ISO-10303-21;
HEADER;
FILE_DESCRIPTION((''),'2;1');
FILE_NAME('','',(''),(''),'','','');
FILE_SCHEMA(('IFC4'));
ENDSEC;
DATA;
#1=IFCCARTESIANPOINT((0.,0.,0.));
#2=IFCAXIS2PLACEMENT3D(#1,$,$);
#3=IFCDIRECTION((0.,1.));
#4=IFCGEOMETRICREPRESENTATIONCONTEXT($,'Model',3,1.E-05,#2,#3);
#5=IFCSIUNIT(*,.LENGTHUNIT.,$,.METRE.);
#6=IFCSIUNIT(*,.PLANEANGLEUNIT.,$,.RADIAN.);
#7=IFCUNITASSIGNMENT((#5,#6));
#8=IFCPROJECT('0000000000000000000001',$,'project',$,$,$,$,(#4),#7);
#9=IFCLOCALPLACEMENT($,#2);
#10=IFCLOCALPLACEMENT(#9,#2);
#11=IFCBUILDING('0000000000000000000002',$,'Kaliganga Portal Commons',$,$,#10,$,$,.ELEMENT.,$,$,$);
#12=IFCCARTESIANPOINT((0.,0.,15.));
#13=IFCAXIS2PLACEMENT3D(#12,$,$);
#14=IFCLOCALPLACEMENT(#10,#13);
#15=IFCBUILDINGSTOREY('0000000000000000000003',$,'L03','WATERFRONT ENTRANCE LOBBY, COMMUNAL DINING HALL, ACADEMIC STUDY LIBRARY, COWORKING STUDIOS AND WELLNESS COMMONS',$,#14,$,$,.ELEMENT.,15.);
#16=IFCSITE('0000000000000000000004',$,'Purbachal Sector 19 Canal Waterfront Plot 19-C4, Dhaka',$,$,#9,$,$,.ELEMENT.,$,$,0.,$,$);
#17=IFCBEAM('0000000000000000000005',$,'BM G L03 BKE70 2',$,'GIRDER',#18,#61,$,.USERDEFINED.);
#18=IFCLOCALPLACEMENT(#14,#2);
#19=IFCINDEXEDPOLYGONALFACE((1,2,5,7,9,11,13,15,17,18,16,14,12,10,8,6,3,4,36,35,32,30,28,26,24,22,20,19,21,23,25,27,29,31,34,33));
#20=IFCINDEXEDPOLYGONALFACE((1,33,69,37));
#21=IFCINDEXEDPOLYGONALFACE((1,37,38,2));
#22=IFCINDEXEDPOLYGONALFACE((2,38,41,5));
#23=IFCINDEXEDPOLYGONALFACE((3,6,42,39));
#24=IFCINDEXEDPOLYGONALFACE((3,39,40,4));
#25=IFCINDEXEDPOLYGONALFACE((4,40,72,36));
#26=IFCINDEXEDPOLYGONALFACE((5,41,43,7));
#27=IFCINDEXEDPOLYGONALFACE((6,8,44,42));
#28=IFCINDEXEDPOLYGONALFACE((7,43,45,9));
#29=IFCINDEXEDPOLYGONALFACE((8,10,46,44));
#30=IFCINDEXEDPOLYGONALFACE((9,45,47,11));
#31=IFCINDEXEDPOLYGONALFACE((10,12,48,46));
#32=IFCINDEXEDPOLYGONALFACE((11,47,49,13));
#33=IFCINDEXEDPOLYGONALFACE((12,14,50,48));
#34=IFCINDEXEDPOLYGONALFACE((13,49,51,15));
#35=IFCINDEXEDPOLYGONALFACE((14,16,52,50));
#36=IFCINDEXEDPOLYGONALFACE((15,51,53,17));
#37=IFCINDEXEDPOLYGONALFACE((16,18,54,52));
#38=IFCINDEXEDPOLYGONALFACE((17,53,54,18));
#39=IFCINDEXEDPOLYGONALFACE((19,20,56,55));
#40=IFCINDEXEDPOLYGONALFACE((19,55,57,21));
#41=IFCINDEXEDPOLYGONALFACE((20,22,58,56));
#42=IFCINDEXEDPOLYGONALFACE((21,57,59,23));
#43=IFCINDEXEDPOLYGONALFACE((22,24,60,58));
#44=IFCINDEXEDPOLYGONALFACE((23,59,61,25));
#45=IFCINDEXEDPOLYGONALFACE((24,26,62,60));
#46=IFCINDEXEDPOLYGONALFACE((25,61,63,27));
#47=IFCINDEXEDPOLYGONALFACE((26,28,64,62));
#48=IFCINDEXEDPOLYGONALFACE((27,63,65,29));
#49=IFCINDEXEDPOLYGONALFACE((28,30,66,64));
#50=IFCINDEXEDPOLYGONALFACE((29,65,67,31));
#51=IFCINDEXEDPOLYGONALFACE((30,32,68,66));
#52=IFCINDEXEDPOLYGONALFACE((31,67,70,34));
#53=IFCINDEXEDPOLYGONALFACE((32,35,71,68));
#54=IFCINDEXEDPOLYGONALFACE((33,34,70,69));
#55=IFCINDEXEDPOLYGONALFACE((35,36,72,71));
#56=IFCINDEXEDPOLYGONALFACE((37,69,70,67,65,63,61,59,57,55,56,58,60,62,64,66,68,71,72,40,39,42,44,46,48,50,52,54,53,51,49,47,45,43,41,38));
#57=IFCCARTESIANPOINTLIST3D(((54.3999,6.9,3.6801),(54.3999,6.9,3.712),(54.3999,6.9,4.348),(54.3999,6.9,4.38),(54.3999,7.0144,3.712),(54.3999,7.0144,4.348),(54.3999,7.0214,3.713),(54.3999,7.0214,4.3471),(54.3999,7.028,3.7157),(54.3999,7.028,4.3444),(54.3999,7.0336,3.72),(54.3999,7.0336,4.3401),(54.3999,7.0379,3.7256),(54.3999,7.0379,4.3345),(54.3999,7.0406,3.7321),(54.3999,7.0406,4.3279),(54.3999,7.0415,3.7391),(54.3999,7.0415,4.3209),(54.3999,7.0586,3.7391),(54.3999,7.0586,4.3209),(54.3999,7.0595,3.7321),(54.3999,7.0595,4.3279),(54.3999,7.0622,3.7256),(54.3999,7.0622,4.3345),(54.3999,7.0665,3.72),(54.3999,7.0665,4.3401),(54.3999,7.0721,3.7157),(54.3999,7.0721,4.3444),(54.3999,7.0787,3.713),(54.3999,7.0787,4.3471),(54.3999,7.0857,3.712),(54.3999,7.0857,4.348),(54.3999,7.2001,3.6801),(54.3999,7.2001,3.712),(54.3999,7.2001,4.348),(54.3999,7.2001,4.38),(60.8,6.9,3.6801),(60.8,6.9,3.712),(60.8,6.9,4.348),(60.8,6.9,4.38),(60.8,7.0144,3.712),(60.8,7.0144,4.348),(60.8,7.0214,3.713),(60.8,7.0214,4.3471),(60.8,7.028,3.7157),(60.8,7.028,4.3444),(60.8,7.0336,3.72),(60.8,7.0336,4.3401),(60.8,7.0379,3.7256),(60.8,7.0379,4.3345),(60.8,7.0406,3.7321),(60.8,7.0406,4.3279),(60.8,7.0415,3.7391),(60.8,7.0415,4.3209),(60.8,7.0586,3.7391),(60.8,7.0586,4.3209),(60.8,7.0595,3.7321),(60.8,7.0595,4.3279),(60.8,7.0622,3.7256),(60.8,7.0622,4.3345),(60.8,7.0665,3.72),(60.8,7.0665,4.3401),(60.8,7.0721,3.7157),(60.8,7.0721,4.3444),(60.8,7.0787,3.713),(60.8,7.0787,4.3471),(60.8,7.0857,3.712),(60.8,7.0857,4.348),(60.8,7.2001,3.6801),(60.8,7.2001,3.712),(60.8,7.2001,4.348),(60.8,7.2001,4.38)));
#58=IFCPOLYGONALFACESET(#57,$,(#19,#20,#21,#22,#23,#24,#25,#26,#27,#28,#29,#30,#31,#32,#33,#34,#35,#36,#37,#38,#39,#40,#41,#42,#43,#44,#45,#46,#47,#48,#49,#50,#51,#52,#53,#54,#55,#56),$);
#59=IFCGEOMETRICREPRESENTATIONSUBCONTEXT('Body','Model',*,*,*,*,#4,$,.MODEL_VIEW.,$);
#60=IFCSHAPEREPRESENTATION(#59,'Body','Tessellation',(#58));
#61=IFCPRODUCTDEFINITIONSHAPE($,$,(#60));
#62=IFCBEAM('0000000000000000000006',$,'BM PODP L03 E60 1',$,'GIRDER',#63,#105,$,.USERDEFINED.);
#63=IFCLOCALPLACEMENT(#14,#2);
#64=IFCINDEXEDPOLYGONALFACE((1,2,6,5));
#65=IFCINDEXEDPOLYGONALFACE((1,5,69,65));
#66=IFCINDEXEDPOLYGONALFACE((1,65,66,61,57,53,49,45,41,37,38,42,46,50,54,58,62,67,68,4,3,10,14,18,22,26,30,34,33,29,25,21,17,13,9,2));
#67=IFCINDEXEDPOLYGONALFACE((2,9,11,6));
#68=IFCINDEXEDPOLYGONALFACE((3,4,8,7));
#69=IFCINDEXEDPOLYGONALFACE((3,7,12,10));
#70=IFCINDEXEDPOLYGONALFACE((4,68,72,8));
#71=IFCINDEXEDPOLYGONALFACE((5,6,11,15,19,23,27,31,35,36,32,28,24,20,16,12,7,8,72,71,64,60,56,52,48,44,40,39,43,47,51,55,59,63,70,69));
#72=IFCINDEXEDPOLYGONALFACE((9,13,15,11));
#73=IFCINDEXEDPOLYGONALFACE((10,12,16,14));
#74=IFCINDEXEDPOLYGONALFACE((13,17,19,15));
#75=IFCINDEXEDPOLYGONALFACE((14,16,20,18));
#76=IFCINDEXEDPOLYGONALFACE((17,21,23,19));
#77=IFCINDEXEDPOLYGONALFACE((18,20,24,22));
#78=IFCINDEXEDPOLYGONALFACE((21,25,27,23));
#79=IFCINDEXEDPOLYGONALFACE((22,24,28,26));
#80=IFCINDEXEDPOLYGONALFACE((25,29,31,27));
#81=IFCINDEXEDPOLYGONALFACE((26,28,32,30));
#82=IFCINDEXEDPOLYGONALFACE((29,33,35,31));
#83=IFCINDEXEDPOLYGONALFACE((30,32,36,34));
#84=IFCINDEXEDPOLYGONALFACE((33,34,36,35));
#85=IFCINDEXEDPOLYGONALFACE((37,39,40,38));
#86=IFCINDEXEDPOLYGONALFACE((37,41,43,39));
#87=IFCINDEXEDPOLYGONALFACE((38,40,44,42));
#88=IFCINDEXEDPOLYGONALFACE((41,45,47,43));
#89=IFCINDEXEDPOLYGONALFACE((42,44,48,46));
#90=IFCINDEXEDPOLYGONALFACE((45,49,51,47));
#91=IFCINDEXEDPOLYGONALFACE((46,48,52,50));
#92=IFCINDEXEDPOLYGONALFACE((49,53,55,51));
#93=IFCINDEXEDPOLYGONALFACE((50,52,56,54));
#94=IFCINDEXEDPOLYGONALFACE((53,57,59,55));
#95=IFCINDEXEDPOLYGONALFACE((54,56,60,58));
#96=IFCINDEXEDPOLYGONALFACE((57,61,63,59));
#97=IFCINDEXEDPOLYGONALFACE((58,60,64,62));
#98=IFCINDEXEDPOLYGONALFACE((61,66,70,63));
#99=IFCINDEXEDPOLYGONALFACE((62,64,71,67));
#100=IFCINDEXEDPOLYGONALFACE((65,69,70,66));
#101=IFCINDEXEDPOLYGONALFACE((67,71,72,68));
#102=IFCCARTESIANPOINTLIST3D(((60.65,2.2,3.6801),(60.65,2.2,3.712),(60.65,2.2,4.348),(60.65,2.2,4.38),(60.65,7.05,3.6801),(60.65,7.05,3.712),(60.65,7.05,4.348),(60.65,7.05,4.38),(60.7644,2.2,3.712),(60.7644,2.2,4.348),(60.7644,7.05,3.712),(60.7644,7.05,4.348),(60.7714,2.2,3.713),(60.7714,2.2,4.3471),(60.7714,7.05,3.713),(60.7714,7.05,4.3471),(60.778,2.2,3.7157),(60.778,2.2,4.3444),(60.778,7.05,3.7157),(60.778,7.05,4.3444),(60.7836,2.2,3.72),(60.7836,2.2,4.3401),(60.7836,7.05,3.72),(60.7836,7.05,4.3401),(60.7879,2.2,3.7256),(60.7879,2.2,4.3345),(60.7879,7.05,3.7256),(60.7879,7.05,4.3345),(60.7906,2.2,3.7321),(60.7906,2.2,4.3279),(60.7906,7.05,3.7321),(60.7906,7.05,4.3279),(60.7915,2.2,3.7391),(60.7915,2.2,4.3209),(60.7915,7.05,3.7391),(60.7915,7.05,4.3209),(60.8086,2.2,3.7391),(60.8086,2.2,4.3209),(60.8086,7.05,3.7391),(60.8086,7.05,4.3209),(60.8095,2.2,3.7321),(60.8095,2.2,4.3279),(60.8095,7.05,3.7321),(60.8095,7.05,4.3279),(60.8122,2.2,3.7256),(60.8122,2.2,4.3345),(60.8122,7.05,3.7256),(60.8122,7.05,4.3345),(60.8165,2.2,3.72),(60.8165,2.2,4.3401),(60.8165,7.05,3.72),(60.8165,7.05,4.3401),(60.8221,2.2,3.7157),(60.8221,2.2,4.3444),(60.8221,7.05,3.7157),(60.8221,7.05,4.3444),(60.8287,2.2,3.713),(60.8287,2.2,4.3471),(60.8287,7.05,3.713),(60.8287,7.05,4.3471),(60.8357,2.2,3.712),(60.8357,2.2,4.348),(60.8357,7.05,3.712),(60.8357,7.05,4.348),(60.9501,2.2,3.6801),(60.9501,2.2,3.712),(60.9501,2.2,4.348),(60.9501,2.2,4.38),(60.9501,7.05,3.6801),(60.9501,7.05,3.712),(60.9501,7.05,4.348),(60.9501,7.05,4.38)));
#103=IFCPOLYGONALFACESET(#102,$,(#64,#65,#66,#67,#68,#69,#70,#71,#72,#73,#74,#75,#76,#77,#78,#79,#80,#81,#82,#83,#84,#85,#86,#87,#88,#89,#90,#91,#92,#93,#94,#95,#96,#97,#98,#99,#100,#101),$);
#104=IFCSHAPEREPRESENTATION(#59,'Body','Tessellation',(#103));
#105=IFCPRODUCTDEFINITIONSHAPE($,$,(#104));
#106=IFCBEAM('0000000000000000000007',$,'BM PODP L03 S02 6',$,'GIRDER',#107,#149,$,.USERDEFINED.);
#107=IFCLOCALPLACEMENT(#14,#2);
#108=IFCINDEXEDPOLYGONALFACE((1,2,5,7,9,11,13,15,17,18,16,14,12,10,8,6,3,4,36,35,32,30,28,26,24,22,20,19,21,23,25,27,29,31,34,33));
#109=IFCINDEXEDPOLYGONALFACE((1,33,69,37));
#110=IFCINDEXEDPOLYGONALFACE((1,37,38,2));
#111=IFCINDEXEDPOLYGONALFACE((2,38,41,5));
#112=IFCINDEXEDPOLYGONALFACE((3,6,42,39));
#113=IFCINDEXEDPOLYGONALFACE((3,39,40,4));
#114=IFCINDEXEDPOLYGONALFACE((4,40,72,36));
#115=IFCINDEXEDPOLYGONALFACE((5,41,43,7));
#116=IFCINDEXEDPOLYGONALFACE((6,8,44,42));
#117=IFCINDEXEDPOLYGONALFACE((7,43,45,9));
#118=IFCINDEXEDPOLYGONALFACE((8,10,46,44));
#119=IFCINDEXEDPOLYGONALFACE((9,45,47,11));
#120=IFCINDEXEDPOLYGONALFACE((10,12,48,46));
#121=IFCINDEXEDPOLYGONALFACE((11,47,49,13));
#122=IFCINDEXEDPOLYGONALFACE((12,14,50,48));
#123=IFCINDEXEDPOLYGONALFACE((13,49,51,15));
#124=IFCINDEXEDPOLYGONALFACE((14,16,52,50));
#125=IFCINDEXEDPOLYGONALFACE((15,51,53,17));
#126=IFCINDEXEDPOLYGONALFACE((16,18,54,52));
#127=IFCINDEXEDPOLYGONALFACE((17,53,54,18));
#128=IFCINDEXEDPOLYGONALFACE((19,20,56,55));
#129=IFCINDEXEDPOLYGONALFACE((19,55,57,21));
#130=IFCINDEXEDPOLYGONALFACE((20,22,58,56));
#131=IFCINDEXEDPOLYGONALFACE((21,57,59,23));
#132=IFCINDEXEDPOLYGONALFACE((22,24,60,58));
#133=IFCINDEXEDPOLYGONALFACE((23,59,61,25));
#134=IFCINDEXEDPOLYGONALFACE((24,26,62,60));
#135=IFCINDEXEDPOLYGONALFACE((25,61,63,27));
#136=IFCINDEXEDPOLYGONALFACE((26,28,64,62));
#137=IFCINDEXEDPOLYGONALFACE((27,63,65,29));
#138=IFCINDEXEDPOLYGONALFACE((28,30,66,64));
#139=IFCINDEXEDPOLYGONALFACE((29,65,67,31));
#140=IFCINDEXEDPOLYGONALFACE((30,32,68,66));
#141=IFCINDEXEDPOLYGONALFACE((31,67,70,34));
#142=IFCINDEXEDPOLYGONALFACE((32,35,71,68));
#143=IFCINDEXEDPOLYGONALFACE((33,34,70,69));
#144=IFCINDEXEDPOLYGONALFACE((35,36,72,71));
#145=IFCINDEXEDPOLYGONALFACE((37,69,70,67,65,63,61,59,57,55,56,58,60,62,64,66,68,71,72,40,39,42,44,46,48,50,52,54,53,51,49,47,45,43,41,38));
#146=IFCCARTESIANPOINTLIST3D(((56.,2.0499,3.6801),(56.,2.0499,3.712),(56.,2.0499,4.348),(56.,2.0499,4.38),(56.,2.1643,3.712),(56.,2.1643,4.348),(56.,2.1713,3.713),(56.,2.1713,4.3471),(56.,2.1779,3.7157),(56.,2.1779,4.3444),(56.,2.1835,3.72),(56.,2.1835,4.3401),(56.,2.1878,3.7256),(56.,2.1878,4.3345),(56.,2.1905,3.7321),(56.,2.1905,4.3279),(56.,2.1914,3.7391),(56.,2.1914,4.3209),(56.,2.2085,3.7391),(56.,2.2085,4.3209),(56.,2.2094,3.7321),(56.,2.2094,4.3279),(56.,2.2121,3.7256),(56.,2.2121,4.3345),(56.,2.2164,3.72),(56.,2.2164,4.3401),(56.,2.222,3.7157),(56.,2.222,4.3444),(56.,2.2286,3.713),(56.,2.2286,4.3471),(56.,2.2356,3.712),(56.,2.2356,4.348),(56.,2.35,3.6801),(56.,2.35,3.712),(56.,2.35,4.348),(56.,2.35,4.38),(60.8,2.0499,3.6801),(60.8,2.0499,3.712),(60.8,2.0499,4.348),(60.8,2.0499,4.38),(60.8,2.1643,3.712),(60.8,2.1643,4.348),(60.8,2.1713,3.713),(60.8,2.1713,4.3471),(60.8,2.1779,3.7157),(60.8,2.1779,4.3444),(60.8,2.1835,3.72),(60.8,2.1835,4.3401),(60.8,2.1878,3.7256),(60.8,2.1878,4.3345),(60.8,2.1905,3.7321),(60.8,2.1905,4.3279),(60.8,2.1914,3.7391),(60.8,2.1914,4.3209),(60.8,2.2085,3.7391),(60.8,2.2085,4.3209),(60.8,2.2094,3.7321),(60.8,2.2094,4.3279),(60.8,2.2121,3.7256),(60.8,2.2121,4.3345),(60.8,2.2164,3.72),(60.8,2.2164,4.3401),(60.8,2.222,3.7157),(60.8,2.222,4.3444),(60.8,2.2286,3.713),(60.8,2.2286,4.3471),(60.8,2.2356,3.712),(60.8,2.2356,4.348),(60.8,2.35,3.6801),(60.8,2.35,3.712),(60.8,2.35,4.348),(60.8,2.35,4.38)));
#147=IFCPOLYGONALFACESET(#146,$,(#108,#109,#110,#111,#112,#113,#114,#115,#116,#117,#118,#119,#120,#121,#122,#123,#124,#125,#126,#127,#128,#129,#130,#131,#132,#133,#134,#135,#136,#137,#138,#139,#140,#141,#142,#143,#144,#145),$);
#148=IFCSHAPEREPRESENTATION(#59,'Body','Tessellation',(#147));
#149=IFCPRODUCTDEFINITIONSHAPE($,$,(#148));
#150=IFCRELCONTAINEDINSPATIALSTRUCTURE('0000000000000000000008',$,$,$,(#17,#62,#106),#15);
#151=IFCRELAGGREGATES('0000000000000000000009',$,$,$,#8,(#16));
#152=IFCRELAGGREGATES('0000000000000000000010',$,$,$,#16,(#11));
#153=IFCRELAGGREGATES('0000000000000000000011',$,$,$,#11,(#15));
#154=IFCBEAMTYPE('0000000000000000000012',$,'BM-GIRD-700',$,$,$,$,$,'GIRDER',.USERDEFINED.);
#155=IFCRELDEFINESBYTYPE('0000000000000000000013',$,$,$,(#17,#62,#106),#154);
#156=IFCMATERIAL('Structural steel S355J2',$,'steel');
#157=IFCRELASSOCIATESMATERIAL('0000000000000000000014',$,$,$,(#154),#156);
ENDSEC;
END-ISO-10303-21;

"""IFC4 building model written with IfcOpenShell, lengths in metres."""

from ifc_helpers import new_model, si_unit, direction, frame, origin, origin_2d, place, context, subcontext, project, spatial, i_section, extrude, source, transform, mapped, material, material_profile, profile_set, type_object, element, save


model = new_model("IFC4")

# Units and contexts
model_context = context("Model", 3, precision=1e-05, world=origin(), true_north=direction((0.0, 1.0)))
body_context = subcontext(model_context, "Body", "Model", "MODEL_VIEW")
ifc_project = project(units=[si_unit("LENGTHUNIT", "METRE"), si_unit("PLANEANGLEUNIT", "RADIAN")], contexts=[model_context])

# Site, building, storey
site_placement = place(None, origin())
site = spatial("IfcSite", under=ifc_project, at=site_placement, Name="Purbachal Sector 19 Canal Waterfront Plot 19-C4, Dhaka", CompositionType="ELEMENT", RefElevation=0.0)
building_placement = place(site_placement, origin())
building = spatial("IfcBuilding", under=site, at=building_placement, Name="Kaliganga Portal Commons", CompositionType="ELEMENT")
storey_placement = place(building_placement, frame((0.0, 0.0, 15.0)))
storey = spatial("IfcBuildingStorey", under=building, at=storey_placement, Name="L03", Description="WATERFRONT ENTRANCE LOBBY, COMMUNAL DINING HALL, ACADEMIC STUDY LIBRARY, COWORKING STUDIOS AND WELLNESS COMMONS", CompositionType="ELEMENT", Elevation=15.0)

# Beams
ifc_material_1 = material(Name="Structural steel S355J2", Category="steel")
ifc_material_profile_1 = material_profile(ifc_material_1, i_section(OverallWidth=0.3, OverallDepth=0.7, WebThickness=0.0171, FlangeThickness=0.032, FilletRadius=0.0271, at=origin_2d()), Name="HE 700 B")
ifc_profile_set_1 = profile_set([ifc_material_profile_1], Name="Structural steel S355J2 wide-flange")
beam_type_1 = type_object("IfcBeamType", Name="BM-GIRD-700", ElementType="GIRDER", PredefinedType="USERDEFINED", material=ifc_profile_set_1)
shared_shape_1 = source(origin(), body_context, "Body", "SweptSolid", [
    extrude(i_section(OverallWidth=0.3, OverallDepth=0.7, WebThickness=0.0171, FlangeThickness=0.032, FilletRadius=0.0271, at=origin_2d()), origin(), (0.0, 0.0, 1.0), 6.4001),
])
beam_1_placement = place(storey_placement, frame((54.3999, 7.05, 4.03), z_axis=(1.0, 0.0, 0.0), x_axis=(0.0, 1.0, 0.0)))
element("IfcBeam", 1, at=beam_1_placement, inside=storey, type_object=beam_type_1, Name="BM G L03 BKE70 2", ObjectType="GIRDER", PredefinedType="USERDEFINED", context=body_context, shape_type="MappedRepresentation", body=[
    mapped(shared_shape_1, transform((0.0, 0.0, 0.0), x_axis=(1.0, 0.0, 0.0), y_axis=(0.0, 1.0, 0.0), z_axis=(0.0, 0.0, 1.0), scale=1.0)),
])
shared_shape_2 = source(origin(), body_context, "Body", "SweptSolid", [
    extrude(i_section(OverallWidth=0.3, OverallDepth=0.7, WebThickness=0.0171, FlangeThickness=0.032, FilletRadius=0.0271, at=origin_2d()), origin(), (0.0, 0.0, 1.0), 4.8501),
])
beam_2_placement = place(storey_placement, frame((60.8, 2.2, 4.03), z_axis=(0.0, 1.0, 0.0), x_axis=(-1.0, 0.0, 0.0)))
element("IfcBeam", 2, at=beam_2_placement, inside=storey, type_object=beam_type_1, Name="BM PODP L03 E60 1", ObjectType="GIRDER", PredefinedType="USERDEFINED", context=body_context, shape_type="MappedRepresentation", body=[
    mapped(shared_shape_2, transform((0.0, 0.0, 0.0), x_axis=(1.0, 0.0, 0.0), y_axis=(0.0, 1.0, 0.0), z_axis=(0.0, 0.0, 1.0), scale=1.0)),
])
shared_shape_3 = source(origin(), body_context, "Body", "SweptSolid", [
    extrude(i_section(OverallWidth=0.3, OverallDepth=0.7, WebThickness=0.0171, FlangeThickness=0.032, FilletRadius=0.0271, at=origin_2d()), origin(), (0.0, 0.0, 1.0), 4.8),
])
beam_3_placement = place(storey_placement, frame((56.0, 2.2, 4.03), z_axis=(1.0, 0.0, 0.0), x_axis=(0.0, 1.0, 0.0)))
element("IfcBeam", 3, at=beam_3_placement, inside=storey, type_object=beam_type_1, Name="BM PODP L03 S02 6", ObjectType="GIRDER", PredefinedType="USERDEFINED", context=body_context, shape_type="MappedRepresentation", body=[
    mapped(shared_shape_3, transform((0.0, 0.0, 0.0), x_axis=(1.0, 0.0, 0.0), y_axis=(0.0, 1.0, 0.0), z_axis=(0.0, 0.0, 1.0), scale=1.0)),
])

save(model, "model.ifc")
